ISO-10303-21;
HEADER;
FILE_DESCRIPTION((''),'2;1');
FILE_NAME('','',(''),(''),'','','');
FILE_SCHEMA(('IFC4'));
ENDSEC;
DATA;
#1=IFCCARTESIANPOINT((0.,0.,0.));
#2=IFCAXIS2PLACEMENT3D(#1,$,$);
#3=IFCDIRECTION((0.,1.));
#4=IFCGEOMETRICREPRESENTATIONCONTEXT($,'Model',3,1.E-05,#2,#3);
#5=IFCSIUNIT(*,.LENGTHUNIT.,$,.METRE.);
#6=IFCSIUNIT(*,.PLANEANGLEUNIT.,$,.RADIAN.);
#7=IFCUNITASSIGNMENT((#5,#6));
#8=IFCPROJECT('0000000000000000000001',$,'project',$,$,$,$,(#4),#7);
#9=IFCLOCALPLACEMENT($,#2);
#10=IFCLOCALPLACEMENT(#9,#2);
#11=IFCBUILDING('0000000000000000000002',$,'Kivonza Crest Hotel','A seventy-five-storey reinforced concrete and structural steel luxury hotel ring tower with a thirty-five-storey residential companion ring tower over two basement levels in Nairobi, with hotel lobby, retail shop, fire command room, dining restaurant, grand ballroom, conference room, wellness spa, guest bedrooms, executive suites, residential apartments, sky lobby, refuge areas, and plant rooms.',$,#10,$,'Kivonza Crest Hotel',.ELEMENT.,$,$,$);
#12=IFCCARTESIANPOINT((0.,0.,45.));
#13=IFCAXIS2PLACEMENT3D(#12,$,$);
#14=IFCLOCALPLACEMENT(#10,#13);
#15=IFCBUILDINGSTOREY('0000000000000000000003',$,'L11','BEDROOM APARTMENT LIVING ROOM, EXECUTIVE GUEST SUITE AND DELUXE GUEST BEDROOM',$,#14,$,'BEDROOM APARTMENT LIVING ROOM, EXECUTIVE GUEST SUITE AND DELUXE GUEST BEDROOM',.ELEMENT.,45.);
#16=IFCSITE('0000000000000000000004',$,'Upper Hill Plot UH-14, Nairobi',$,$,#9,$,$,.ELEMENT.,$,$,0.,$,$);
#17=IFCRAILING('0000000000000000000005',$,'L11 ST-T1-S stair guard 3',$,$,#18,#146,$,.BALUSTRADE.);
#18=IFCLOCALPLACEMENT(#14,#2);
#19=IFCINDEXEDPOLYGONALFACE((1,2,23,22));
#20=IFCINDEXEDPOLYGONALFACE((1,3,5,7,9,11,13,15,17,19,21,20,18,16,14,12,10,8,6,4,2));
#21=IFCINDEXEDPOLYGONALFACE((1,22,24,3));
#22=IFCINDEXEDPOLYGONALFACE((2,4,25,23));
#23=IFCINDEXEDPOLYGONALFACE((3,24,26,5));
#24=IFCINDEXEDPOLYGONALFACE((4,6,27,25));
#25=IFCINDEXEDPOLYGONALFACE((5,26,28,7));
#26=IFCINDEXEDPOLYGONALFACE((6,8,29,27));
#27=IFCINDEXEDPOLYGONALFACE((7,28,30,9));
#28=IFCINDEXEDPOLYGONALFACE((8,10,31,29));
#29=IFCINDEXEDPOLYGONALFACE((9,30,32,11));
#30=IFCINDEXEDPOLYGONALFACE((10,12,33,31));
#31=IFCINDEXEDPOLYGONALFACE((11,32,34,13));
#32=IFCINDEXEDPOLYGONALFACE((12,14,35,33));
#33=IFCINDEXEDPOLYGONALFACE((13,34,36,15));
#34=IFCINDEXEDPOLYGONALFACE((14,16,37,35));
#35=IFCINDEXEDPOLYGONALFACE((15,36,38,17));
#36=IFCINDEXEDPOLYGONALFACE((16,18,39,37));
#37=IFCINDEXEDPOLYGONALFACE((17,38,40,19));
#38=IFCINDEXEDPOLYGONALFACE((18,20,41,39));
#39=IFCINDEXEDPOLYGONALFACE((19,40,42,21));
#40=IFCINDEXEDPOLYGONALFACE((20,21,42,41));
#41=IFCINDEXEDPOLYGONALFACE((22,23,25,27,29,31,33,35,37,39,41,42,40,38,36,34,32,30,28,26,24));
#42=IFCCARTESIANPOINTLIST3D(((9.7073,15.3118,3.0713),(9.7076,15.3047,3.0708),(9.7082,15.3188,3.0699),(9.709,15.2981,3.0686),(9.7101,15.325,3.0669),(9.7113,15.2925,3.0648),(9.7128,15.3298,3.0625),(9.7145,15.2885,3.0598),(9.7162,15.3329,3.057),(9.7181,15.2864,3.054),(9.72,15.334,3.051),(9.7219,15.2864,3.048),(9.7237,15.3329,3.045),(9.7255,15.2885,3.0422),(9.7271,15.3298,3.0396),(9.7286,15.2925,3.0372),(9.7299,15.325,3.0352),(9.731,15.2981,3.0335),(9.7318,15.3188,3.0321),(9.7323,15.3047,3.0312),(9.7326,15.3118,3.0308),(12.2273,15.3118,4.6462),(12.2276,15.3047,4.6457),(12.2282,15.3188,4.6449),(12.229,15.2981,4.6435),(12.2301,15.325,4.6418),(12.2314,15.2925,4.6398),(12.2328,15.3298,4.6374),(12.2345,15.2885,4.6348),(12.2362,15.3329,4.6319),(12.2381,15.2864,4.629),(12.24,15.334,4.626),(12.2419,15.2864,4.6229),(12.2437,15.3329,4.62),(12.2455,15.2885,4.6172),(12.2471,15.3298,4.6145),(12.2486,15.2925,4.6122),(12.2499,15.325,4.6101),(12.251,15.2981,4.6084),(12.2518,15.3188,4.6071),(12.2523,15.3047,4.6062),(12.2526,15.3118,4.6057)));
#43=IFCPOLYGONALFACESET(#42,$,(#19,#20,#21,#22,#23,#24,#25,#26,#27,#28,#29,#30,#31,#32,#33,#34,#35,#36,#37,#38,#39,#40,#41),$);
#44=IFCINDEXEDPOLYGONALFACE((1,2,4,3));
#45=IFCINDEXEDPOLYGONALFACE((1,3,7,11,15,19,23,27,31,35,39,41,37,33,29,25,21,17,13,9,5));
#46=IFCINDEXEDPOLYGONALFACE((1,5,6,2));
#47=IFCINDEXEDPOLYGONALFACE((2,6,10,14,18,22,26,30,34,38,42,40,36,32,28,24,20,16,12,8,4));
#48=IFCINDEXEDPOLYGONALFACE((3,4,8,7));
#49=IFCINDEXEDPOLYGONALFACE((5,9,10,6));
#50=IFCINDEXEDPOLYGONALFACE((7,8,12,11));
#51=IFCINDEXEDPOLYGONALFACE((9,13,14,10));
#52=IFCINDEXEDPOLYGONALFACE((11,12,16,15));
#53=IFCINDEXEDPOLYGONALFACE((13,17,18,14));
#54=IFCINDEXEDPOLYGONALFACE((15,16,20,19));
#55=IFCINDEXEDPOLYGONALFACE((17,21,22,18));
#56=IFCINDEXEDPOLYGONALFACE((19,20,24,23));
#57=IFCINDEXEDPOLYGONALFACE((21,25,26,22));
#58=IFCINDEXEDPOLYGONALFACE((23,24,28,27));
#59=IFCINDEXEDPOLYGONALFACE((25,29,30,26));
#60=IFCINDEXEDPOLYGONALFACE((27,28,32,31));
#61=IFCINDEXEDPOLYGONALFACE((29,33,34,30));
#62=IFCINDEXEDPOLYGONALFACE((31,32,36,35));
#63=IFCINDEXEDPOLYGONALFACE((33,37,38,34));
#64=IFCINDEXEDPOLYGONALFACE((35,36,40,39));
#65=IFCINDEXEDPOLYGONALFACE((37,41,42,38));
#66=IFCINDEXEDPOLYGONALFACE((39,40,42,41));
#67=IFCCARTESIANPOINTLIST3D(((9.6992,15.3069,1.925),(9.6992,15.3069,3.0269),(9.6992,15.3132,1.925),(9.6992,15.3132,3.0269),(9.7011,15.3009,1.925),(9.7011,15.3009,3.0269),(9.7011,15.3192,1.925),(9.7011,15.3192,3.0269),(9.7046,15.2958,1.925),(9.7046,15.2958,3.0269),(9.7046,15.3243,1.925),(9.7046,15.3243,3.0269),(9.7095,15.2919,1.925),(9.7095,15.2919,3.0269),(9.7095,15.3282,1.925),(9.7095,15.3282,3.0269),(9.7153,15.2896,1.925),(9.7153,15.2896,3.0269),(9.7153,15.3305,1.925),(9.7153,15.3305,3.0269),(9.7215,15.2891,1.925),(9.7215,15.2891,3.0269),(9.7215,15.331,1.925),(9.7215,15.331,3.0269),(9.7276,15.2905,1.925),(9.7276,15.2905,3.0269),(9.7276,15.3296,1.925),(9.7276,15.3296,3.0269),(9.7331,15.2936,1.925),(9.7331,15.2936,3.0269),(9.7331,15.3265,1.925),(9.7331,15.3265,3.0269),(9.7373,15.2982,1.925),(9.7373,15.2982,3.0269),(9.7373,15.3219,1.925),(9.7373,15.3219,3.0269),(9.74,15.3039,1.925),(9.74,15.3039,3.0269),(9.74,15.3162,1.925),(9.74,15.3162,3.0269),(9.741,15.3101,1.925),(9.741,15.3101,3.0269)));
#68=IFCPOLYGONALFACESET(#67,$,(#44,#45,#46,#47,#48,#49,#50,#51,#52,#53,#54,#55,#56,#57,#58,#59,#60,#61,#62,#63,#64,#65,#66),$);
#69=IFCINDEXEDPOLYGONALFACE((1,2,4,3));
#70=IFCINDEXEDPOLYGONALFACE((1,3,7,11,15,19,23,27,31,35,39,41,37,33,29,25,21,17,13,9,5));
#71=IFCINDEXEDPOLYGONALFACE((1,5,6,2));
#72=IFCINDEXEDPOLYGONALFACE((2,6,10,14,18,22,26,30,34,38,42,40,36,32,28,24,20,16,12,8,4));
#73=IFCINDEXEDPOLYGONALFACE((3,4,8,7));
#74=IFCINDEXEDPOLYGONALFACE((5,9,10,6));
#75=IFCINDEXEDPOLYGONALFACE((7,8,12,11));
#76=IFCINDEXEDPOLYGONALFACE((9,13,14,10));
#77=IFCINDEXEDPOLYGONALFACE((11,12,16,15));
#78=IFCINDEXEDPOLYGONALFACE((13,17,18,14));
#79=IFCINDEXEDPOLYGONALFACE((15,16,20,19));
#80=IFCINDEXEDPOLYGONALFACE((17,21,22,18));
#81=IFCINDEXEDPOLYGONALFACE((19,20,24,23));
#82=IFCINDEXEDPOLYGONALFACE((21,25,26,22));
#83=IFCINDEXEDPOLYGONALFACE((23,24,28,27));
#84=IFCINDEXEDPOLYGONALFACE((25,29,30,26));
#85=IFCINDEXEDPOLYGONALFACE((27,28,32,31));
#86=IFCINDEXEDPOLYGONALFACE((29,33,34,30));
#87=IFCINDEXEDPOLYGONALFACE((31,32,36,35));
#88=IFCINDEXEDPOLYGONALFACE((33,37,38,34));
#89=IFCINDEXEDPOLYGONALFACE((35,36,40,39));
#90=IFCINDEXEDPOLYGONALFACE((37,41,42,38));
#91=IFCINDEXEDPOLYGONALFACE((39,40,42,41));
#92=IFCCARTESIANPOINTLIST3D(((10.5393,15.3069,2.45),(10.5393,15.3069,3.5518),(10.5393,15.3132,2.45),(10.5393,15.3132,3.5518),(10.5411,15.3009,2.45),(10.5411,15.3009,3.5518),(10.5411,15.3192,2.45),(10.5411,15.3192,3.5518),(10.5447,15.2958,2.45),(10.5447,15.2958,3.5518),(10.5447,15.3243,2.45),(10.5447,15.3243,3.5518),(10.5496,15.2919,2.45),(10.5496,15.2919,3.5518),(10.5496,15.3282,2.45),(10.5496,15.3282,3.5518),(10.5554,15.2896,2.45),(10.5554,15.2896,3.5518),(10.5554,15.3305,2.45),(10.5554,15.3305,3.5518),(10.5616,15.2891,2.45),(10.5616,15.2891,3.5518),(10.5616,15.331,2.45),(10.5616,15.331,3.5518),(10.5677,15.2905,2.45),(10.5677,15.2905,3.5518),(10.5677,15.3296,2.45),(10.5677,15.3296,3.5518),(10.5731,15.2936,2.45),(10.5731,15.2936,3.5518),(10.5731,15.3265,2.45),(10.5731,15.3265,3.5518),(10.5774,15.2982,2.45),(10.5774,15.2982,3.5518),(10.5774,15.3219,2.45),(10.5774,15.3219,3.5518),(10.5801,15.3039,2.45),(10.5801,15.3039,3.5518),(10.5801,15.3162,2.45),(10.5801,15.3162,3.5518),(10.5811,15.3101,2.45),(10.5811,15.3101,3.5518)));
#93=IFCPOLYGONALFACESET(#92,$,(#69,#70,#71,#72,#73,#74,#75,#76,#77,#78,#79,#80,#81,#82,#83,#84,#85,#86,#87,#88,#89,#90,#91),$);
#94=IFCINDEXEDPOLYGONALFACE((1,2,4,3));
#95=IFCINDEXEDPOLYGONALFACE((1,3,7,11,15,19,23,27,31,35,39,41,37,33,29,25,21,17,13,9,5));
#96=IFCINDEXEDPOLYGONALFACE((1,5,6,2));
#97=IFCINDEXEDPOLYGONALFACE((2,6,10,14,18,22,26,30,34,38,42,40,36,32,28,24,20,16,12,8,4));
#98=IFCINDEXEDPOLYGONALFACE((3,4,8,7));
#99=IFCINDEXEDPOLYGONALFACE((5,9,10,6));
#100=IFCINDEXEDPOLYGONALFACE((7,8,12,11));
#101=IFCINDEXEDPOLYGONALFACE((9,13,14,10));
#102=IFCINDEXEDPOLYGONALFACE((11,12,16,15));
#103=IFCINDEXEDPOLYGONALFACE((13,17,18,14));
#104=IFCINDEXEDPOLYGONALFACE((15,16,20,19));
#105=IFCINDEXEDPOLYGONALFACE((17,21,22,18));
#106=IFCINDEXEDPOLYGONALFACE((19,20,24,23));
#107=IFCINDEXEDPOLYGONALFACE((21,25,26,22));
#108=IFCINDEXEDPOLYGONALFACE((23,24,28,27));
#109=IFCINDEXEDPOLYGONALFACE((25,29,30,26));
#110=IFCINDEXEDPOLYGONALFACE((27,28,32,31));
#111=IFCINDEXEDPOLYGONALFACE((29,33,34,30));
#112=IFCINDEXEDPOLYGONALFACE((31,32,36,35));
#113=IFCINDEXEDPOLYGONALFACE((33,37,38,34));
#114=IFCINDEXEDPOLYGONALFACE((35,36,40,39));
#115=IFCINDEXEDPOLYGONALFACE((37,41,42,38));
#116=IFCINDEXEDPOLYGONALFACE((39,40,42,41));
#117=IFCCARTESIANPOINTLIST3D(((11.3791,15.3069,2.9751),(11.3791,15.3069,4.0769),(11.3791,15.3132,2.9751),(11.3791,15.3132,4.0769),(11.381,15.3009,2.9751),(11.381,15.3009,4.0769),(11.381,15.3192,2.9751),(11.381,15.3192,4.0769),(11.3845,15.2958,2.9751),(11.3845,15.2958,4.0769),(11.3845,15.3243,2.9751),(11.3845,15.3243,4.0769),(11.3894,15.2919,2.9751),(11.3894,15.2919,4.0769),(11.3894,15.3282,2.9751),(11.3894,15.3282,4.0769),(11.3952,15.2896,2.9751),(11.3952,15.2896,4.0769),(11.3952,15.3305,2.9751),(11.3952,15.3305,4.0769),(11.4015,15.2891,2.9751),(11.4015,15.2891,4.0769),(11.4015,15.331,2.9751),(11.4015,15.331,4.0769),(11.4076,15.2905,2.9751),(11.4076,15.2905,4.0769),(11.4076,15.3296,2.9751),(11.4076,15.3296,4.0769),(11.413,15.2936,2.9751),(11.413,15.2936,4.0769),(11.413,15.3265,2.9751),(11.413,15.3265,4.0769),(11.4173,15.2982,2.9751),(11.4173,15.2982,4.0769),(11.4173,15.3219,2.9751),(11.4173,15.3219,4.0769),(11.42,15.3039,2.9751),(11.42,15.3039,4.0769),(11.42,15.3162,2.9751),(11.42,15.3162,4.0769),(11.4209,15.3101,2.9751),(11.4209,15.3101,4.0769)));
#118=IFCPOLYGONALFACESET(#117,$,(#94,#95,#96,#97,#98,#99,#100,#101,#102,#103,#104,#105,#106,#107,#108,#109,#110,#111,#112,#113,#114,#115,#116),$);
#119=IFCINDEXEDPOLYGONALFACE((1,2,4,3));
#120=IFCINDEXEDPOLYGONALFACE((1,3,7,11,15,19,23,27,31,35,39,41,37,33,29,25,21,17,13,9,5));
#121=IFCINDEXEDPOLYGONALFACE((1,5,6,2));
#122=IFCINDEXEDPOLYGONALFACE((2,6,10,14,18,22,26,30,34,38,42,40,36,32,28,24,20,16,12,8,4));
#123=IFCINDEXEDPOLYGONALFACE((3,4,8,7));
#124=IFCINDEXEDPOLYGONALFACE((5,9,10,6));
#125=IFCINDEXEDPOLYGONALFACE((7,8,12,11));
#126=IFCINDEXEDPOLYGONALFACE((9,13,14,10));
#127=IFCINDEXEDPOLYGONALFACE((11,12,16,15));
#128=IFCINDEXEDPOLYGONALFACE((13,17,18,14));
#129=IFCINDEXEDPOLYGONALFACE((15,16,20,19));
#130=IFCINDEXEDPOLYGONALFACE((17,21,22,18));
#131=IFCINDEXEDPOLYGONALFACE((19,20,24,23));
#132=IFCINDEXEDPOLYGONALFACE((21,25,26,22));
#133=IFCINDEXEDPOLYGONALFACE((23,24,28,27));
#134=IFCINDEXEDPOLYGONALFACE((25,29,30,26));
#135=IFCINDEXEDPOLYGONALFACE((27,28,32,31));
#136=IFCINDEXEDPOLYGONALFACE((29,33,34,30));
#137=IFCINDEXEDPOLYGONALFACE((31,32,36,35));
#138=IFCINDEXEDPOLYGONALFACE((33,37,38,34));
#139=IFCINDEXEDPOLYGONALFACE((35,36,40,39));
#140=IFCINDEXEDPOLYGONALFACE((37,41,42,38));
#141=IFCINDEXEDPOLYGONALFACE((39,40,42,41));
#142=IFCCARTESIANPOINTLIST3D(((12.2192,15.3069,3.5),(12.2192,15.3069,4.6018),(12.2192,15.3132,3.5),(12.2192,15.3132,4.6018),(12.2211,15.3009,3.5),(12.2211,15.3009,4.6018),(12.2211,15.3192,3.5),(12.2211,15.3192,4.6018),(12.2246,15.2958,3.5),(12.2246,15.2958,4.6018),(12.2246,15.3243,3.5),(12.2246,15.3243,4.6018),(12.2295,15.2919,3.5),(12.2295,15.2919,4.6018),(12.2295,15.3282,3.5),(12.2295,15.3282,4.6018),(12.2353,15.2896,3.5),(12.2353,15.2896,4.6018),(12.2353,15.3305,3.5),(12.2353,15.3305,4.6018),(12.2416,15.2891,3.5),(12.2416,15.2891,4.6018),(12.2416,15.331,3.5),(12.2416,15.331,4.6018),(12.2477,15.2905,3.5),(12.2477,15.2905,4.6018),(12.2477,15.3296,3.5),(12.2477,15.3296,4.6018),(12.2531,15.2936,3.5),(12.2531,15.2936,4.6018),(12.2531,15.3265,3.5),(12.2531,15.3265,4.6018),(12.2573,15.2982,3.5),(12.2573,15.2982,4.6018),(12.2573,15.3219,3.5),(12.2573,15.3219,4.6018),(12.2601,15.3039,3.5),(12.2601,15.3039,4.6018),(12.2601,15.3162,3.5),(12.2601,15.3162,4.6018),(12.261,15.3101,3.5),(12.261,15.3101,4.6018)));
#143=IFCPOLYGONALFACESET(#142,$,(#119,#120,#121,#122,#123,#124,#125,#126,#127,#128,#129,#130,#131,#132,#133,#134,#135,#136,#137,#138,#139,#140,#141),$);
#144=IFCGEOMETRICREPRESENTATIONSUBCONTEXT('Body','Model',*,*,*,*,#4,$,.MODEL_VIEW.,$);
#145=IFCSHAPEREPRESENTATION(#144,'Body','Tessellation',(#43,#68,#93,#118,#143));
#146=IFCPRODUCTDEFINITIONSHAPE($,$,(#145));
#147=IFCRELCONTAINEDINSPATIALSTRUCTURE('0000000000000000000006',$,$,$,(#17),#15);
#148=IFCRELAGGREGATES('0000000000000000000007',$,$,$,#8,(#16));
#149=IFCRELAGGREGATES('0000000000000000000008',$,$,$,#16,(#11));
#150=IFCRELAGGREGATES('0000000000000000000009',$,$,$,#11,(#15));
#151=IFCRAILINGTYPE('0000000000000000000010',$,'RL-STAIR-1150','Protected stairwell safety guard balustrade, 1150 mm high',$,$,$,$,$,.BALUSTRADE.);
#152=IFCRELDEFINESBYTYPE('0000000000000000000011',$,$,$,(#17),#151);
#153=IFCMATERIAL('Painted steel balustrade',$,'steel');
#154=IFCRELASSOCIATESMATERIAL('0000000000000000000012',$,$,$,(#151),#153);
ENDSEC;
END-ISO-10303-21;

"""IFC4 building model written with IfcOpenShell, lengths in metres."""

from ifc_helpers import new_model, si_unit, direction, frame, origin, origin_2d, place, context, subcontext, project, spatial, circle, extrude, material, type_object, element, save


model = new_model("IFC4")

# Units and contexts
model_context = context("Model", 3, precision=1e-05, world=origin(), true_north=direction((0.0, 1.0)))
body_context = subcontext(model_context, "Body", "Model", "MODEL_VIEW")
ifc_project = project(units=[si_unit("LENGTHUNIT", "METRE"), si_unit("PLANEANGLEUNIT", "RADIAN")], contexts=[model_context])

# Site, building, storey
site_placement = place(None, origin())
site = spatial("IfcSite", under=ifc_project, at=site_placement, Name="Upper Hill Plot UH-14, Nairobi", CompositionType="ELEMENT", RefElevation=0.0)
building_placement = place(site_placement, origin())
building = spatial("IfcBuilding", under=site, at=building_placement, Name="Kivonza Crest Hotel", Description="A seventy-five-storey reinforced concrete and structural steel luxury hotel ring tower with a thirty-five-storey residential companion ring tower over two basement levels in Nairobi, with hotel lobby, retail shop, fire command room, dining restaurant, grand ballroom, conference room, wellness spa, guest bedrooms, executive suites, residential apartments, sky lobby, refuge areas, and plant rooms.", LongName="Kivonza Crest Hotel", CompositionType="ELEMENT")
storey_placement = place(building_placement, frame((0.0, 0.0, 45.0)))
storey = spatial("IfcBuildingStorey", under=building, at=storey_placement, Name="L11", Description="BEDROOM APARTMENT LIVING ROOM, EXECUTIVE GUEST SUITE AND DELUXE GUEST BEDROOM", LongName="BEDROOM APARTMENT LIVING ROOM, EXECUTIVE GUEST SUITE AND DELUXE GUEST BEDROOM", CompositionType="ELEMENT", Elevation=45.0)

# Railing
ifc_material_1 = material(Name="Painted steel balustrade", Category="steel")
railing_type_1 = type_object("IfcRailingType", Name="RL-STAIR-1150", Description="Protected stairwell safety guard balustrade, 1150 mm high", PredefinedType="BALUSTRADE", material=ifc_material_1)
railing_1_placement = place(storey_placement, frame((9.72, 15.3101, 1.925)))
element("IfcRailing", 1, at=railing_1_placement, inside=storey, type_object=railing_type_1, Name="L11 ST-T1-S stair guard 3", PredefinedType="BALUSTRADE", context=body_context, shape_type="SweptSolid", body=[
    extrude(circle(Radius=0.0239, at=origin_2d()), frame((0.0, 0.0, 1.126), z_axis=(0.848008, 0.0, 0.529984), x_axis=(0.0, 1.0, 0.0)), (0.0, 0.0, 1.0), 2.9717),
    extrude(circle(Radius=0.021, at=origin_2d()), origin(), (0.0, 0.0, 1.0), 1.1018),
    extrude(circle(Radius=0.021, at=origin_2d()), frame((0.8401, 0.0, 0.5249)), (0.0, 0.0, 1.0), 1.1018),
    extrude(circle(Radius=0.021, at=origin_2d()), frame((1.6799, 0.0, 1.05)), (0.0, 0.0, 1.0), 1.1018),
    extrude(circle(Radius=0.021, at=origin_2d()), frame((2.52, 0.0, 1.575)), (0.0, 0.0, 1.0), 1.1018),
])

save(model, "model.ifc")
